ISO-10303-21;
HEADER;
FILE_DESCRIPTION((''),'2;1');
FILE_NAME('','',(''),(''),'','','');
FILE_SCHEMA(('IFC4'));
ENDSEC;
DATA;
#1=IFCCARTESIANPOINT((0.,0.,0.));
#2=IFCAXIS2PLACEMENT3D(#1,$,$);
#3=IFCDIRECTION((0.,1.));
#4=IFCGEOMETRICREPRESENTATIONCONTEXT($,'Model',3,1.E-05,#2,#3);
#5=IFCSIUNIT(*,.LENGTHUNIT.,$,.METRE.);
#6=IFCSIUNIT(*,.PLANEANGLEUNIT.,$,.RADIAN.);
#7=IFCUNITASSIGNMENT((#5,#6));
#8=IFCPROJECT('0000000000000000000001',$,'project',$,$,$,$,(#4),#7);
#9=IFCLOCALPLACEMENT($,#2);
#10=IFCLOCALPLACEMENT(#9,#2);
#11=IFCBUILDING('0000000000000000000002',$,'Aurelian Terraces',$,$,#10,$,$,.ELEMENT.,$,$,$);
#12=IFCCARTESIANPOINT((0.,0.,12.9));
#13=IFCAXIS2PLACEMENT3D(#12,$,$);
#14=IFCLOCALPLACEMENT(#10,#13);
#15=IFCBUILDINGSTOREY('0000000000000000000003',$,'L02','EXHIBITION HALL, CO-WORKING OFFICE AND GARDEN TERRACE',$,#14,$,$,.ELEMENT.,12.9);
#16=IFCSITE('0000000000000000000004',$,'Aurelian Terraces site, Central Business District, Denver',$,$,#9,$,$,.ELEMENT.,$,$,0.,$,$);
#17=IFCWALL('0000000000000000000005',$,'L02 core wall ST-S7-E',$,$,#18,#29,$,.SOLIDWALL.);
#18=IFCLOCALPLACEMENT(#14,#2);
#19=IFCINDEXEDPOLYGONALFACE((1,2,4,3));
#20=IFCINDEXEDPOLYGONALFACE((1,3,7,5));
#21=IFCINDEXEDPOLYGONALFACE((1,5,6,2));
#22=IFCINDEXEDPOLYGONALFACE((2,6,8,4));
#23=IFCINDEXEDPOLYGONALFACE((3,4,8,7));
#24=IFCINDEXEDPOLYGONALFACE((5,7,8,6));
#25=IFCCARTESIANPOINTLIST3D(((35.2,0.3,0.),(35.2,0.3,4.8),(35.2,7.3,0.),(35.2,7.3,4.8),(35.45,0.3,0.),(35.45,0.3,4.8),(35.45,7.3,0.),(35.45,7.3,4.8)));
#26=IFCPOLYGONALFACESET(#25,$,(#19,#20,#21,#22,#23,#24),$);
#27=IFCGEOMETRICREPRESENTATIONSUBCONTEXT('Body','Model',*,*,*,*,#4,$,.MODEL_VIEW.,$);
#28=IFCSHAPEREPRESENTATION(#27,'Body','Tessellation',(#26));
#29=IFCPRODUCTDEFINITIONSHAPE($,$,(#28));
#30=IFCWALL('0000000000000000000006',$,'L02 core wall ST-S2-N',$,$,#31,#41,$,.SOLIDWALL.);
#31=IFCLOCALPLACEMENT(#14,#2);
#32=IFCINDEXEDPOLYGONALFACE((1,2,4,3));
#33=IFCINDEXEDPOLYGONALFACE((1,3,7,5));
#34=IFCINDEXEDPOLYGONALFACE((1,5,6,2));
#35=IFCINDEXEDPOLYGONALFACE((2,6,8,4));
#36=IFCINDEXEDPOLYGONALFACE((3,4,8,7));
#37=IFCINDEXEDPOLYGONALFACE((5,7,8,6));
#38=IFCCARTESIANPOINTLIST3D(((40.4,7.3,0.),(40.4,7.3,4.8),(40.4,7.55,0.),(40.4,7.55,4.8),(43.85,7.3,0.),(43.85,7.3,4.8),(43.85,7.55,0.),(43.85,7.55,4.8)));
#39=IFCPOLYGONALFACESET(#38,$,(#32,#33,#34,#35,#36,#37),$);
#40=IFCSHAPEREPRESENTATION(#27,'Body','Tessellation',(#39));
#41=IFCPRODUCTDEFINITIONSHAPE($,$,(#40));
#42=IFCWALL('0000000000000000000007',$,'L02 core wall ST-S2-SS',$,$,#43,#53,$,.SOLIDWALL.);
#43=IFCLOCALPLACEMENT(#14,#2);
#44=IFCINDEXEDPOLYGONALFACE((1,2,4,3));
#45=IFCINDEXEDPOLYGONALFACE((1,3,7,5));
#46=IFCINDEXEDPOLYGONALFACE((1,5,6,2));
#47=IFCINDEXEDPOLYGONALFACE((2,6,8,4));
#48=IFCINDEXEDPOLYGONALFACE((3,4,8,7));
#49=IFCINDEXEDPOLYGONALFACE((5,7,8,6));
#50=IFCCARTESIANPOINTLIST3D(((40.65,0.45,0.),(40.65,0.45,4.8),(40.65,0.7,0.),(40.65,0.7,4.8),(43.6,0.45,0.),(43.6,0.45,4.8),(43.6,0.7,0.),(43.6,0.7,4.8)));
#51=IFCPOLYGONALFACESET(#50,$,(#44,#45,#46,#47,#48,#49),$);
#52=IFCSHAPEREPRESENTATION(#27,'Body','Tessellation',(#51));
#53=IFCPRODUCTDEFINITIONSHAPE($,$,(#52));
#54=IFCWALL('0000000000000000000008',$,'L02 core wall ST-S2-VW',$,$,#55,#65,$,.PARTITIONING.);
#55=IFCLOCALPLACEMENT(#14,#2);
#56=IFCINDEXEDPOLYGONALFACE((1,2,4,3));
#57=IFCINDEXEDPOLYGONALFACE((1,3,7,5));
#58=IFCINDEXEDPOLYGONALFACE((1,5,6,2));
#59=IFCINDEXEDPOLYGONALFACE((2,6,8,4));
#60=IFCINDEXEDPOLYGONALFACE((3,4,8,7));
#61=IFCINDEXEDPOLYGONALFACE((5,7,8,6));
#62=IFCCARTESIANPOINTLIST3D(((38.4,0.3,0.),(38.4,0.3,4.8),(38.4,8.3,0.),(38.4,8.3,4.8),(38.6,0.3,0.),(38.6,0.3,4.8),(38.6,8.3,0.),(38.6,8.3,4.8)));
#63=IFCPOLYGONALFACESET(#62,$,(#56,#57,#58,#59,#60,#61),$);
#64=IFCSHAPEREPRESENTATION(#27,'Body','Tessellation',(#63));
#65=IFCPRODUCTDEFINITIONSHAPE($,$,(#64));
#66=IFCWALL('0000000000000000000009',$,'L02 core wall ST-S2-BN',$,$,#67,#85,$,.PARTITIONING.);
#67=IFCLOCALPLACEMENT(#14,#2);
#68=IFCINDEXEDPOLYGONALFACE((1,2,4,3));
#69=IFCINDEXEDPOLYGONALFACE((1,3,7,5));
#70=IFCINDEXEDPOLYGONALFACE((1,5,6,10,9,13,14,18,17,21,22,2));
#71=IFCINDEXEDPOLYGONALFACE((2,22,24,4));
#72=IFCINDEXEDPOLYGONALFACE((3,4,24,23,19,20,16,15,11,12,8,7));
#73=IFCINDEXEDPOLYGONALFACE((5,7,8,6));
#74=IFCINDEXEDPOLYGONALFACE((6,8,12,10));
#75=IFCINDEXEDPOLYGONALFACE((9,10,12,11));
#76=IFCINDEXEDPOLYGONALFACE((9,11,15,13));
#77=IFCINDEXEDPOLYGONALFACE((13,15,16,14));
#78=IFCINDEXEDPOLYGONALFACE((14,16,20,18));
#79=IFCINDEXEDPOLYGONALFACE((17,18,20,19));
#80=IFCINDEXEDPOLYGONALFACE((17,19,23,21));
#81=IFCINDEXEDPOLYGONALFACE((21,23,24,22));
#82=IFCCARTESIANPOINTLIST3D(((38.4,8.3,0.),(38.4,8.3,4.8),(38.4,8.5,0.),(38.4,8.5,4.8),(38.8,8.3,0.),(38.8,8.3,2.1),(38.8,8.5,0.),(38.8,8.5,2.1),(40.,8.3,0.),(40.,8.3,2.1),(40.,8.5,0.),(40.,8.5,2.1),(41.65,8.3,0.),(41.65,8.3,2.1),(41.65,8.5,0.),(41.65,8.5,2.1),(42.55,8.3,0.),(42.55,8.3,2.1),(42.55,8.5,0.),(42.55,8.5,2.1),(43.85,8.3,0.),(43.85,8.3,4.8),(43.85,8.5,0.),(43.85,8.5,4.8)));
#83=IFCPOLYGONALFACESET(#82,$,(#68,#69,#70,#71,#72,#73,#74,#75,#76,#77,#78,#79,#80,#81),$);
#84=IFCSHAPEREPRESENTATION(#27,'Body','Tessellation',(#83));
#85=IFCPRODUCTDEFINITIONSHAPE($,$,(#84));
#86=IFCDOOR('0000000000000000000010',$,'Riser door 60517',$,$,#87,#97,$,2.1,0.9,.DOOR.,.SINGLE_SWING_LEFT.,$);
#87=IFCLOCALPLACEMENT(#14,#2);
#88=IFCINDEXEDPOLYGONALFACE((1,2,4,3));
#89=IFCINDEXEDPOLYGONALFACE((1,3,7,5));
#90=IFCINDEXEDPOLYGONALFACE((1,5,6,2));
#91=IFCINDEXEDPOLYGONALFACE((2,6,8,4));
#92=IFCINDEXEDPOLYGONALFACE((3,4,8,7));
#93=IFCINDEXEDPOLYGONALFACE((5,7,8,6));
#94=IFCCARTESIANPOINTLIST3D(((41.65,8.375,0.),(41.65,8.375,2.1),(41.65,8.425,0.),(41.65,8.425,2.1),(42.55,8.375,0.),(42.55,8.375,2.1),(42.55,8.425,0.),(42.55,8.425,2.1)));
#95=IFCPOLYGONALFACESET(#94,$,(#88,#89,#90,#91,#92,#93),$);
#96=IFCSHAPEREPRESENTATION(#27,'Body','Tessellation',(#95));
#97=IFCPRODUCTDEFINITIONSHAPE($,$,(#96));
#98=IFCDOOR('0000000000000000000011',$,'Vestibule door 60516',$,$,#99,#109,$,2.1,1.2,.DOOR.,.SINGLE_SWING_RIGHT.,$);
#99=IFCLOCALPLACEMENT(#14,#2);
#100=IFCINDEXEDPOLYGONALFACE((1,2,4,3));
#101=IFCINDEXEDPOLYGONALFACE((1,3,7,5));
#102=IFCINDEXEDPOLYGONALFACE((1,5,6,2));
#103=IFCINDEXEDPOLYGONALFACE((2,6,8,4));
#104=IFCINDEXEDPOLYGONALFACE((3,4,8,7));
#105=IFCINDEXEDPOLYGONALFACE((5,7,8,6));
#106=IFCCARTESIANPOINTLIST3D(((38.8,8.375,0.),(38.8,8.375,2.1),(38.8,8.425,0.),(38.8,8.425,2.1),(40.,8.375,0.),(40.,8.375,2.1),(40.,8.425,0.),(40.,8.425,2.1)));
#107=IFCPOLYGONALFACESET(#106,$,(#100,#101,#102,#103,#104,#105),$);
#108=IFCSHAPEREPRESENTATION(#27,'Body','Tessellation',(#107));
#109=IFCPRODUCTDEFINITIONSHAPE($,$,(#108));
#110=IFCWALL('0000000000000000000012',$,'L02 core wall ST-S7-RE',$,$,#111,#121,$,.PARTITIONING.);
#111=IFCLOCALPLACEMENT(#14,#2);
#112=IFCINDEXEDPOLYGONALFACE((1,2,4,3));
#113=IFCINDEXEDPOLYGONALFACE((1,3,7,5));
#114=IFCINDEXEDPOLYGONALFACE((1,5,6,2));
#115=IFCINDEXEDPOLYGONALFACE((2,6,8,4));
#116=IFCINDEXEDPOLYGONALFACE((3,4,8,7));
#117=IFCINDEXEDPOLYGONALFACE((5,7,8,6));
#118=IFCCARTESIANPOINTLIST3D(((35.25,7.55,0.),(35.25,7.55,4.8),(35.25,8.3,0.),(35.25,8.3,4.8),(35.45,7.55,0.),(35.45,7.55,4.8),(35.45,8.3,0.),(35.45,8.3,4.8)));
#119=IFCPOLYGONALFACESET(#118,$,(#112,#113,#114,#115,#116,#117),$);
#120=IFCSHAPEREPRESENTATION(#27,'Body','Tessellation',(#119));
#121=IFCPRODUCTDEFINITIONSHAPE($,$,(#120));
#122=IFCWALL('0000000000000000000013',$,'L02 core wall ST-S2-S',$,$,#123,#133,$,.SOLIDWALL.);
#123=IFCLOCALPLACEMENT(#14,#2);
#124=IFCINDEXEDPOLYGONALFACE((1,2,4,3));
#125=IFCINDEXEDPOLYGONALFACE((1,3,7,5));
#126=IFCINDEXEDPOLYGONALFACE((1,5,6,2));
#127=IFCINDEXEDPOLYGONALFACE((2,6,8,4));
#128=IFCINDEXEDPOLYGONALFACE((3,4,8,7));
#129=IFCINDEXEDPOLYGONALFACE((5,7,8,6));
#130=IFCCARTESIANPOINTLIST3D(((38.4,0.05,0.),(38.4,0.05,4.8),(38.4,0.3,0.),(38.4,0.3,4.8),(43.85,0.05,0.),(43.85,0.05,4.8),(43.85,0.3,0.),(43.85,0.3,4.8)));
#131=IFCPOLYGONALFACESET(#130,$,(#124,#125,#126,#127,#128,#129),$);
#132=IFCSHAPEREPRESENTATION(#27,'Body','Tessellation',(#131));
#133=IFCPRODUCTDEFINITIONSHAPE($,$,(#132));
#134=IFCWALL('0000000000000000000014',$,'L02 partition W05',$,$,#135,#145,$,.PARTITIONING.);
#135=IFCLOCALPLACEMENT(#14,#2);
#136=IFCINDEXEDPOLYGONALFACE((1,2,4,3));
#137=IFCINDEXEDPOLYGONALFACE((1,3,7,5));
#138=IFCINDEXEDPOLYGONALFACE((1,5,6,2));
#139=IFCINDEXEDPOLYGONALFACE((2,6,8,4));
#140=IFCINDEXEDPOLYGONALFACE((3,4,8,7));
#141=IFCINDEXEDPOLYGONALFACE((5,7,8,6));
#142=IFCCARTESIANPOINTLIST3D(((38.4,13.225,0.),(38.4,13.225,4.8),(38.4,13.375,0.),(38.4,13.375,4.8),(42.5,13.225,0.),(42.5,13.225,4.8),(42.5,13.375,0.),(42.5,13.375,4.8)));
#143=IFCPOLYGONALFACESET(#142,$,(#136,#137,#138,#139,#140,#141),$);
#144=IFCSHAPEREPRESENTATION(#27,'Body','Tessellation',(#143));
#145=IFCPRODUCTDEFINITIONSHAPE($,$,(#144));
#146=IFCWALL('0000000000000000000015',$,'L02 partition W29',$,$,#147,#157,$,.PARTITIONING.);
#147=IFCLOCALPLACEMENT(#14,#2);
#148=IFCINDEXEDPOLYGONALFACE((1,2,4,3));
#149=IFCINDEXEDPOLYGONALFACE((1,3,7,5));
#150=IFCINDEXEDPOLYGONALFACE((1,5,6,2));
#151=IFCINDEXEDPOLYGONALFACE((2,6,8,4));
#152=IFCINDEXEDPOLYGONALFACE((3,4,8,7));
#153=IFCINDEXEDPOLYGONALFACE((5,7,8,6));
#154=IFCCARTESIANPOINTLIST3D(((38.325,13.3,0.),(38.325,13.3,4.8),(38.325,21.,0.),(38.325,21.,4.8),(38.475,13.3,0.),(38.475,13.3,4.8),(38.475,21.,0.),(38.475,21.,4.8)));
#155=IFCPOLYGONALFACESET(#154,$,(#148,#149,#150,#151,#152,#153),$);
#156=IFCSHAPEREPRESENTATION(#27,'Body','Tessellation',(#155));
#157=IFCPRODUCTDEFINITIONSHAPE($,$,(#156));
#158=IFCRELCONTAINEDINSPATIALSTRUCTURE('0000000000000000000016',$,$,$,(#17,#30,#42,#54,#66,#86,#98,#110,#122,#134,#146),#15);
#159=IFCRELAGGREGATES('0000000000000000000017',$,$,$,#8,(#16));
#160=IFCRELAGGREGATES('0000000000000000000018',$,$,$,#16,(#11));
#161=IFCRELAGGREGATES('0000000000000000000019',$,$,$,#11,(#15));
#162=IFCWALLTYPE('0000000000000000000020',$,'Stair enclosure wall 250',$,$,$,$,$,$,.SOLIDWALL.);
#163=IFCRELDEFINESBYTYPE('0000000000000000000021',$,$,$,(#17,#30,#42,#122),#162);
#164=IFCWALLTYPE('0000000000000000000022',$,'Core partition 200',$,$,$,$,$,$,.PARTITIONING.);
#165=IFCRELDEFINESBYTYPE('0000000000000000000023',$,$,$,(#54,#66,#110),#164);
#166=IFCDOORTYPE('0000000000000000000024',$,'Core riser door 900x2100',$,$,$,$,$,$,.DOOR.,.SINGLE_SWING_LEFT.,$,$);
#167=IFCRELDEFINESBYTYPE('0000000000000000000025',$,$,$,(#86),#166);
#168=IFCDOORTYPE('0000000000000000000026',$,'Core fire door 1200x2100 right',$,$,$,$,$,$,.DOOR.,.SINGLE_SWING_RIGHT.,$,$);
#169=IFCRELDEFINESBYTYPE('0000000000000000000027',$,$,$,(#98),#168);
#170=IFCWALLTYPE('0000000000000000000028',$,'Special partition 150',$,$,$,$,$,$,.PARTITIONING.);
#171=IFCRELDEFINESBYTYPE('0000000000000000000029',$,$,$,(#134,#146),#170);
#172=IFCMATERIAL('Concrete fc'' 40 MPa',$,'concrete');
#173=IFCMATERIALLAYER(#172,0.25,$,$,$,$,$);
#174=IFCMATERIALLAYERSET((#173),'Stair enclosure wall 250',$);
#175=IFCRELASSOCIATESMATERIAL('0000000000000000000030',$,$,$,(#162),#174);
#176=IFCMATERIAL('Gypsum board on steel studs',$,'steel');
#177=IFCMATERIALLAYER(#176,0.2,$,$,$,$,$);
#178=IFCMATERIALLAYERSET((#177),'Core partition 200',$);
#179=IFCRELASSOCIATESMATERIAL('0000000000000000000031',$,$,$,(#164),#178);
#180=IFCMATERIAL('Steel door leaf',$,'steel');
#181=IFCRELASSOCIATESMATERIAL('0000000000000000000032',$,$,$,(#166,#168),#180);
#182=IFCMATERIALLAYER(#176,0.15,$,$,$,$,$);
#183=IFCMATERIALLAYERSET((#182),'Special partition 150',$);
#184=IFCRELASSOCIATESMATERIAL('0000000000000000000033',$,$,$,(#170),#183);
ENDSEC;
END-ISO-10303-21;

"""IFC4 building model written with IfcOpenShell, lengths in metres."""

from ifc_helpers import new_model, si_unit, direction, frame, frame_2d, origin, place, context, subcontext, project, spatial, rectangle, extrude, source, transform, mapped, material, layer, layer_set, type_object, element, fill, save


model = new_model("IFC4")

# Units and contexts
model_context = context("Model", 3, precision=1e-05, world=origin(), true_north=direction((0.0, 1.0)))
body_context = subcontext(model_context, "Body", "Model", "MODEL_VIEW")
ifc_project = project(units=[si_unit("LENGTHUNIT", "METRE"), si_unit("PLANEANGLEUNIT", "RADIAN")], contexts=[model_context])

# Site, building, storey
site_placement = place(None, origin())
site = spatial("IfcSite", under=ifc_project, at=site_placement, Name="Aurelian Terraces site, Central Business District, Denver", CompositionType="ELEMENT", RefElevation=0.0)
building_placement = place(site_placement, origin())
building = spatial("IfcBuilding", under=site, at=building_placement, Name="Aurelian Terraces", CompositionType="ELEMENT")
storey_placement = place(building_placement, frame((0.0, 0.0, 12.9)))
storey = spatial("IfcBuildingStorey", under=building, at=storey_placement, Name="L02", Description="EXHIBITION HALL, CO-WORKING OFFICE AND GARDEN TERRACE", CompositionType="ELEMENT", Elevation=12.9)

# Shared definitions
ifc_material_1 = material(Name="Concrete fc' 40 MPa", Category="concrete")
ifc_layer_1 = layer(ifc_material_1, 0.25)
ifc_layer_set_1 = layer_set([ifc_layer_1], Name="Stair enclosure wall 250")
wall_type_1 = type_object("IfcWallType", Name="Stair enclosure wall 250", PredefinedType="SOLIDWALL", material=ifc_layer_set_1)
shared_shape_1 = source(origin(), body_context, "Body", "SweptSolid", [
    extrude(rectangle(XDim=7.0, YDim=0.25, at=frame_2d((3.5, 0.0))), origin(), (0.0, 0.0, 1.0), 4.8),
])
ifc_material_2 = material(Name="Steel door leaf", Category="steel")

# Walls
wall_1_placement = place(storey_placement, frame((35.325, 0.3, 0.0), z_axis=(0.0, 0.0, 1.0), x_axis=(0.0, 1.0, 0.0)))
element("IfcWall", 1, at=wall_1_placement, inside=storey, type_object=wall_type_1, Name="L02 core wall ST-S7-E", PredefinedType="SOLIDWALL", context=body_context, shape_type="MappedRepresentation", body=[
    mapped(shared_shape_1, transform((0.0, 0.0, 0.0), scale=1.0)),
])
shared_shape_2 = source(origin(), body_context, "Body", "SweptSolid", [
    extrude(rectangle(XDim=3.45, YDim=0.25, at=frame_2d((1.725, 0.0))), origin(), (0.0, 0.0, 1.0), 4.8),
])
wall_2_placement = place(storey_placement, frame((40.4, 7.425, 0.0), z_axis=(0.0, 0.0, 1.0), x_axis=(1.0, 0.0, 0.0)))
element("IfcWall", 2, at=wall_2_placement, inside=storey, type_object=wall_type_1, Name="L02 core wall ST-S2-N", PredefinedType="SOLIDWALL", context=body_context, shape_type="MappedRepresentation", body=[
    mapped(shared_shape_2, transform((0.0, 0.0, 0.0), scale=1.0)),
])
shared_shape_3 = source(origin(), body_context, "Body", "SweptSolid", [
    extrude(rectangle(XDim=2.95, YDim=0.25, at=frame_2d((1.475, 0.0))), origin(), (0.0, 0.0, 1.0), 4.8),
])
wall_3_placement = place(storey_placement, frame((40.65, 0.575, 0.0), z_axis=(0.0, 0.0, 1.0), x_axis=(1.0, 0.0, 0.0)))
element("IfcWall", 3, at=wall_3_placement, inside=storey, type_object=wall_type_1, Name="L02 core wall ST-S2-SS", PredefinedType="SOLIDWALL", context=body_context, shape_type="MappedRepresentation", body=[
    mapped(shared_shape_3, transform((0.0, 0.0, 0.0), scale=1.0)),
])
ifc_material_3 = material(Name="Gypsum board on steel studs", Category="steel")
ifc_layer_2 = layer(ifc_material_3, 0.2)
ifc_layer_set_2 = layer_set([ifc_layer_2], Name="Core partition 200")
wall_type_2 = type_object("IfcWallType", Name="Core partition 200", PredefinedType="PARTITIONING", material=ifc_layer_set_2)
shared_shape_4 = source(origin(), body_context, "Body", "SweptSolid", [
    extrude(rectangle(XDim=8.0, YDim=0.2, at=frame_2d((4.0, 0.0))), origin(), (0.0, 0.0, 1.0), 4.8),
])
wall_4_placement = place(storey_placement, frame((38.5, 0.3, 0.0), z_axis=(0.0, 0.0, 1.0), x_axis=(0.0, 1.0, 0.0)))
element("IfcWall", 4, at=wall_4_placement, inside=storey, type_object=wall_type_2, Name="L02 core wall ST-S2-VW", PredefinedType="PARTITIONING", context=body_context, shape_type="MappedRepresentation", body=[
    mapped(shared_shape_4, transform((0.0, 0.0, 0.0), scale=1.0)),
])

# Wall, openings, doors
shared_shape_5 = source(origin(), body_context, "Body", "SweptSolid", [
    extrude(rectangle(XDim=5.45, YDim=0.2, at=frame_2d((2.725, 0.0))), origin(), (0.0, 0.0, 1.0), 4.8),
])
wall_5_placement = place(storey_placement, frame((38.4, 8.4, 0.0), z_axis=(0.0, 0.0, 1.0), x_axis=(1.0, 0.0, 0.0)))
wall_5 = element("IfcWall", 5, at=wall_5_placement, inside=storey, type_object=wall_type_2, Name="L02 core wall ST-S2-BN", PredefinedType="PARTITIONING", context=body_context, shape_type="MappedRepresentation", body=[
    mapped(shared_shape_5, transform((0.0, 0.0, 0.0), scale=1.0)),
])
shared_shape_6 = source(origin(), body_context, "Body", "SweptSolid", [
    extrude(rectangle(XDim=1.2, YDim=2.1, at=frame_2d((0.6, 1.05))), frame((0.0, 0.11, 0.0), z_axis=(0.0, -1.0, 0.0), x_axis=(1.0, 0.0, 0.0)), (0.0, 0.0, 1.0), 0.22),
])
opening_1_placement = place(wall_5_placement, frame((0.4, 0.0, 0.0)))
opening_1 = element("IfcOpeningElement", 6, at=opening_1_placement, cuts=wall_5, PredefinedType="OPENING", context=body_context, shape_type="MappedRepresentation", body=[
    mapped(shared_shape_6, transform((0.0, 0.0, 0.0), scale=1.0)),
])
shared_shape_7 = source(origin(), body_context, "Body", "SweptSolid", [
    extrude(rectangle(XDim=0.9, YDim=2.1, at=frame_2d((0.45, 1.05))), frame((0.0, 0.11, 0.0), z_axis=(0.0, -1.0, 0.0), x_axis=(1.0, 0.0, 0.0)), (0.0, 0.0, 1.0), 0.22),
])
opening_2_placement = place(wall_5_placement, frame((3.25, 0.0, 0.0)))
opening_2 = element("IfcOpeningElement", 7, at=opening_2_placement, cuts=wall_5, PredefinedType="OPENING", context=body_context, shape_type="MappedRepresentation", body=[
    mapped(shared_shape_7, transform((0.0, 0.0, 0.0), scale=1.0)),
])
door_type_1 = type_object("IfcDoorType", Name="Core riser door 900x2100", OperationType="SINGLE_SWING_LEFT", PredefinedType="DOOR", material=ifc_material_2)
shared_shape_8 = source(origin(), body_context, "Body", "SweptSolid", [
    extrude(rectangle(XDim=0.9, YDim=2.1, at=frame_2d((0.45, 1.05))), frame((0.0, 0.025, 0.0), z_axis=(0.0, -1.0, 0.0), x_axis=(1.0, 0.0, 0.0)), (0.0, 0.0, 1.0), 0.05),
])
door_1_placement = place(opening_2_placement, origin())
door_1 = element("IfcDoor", 8, at=door_1_placement, inside=storey, type_object=door_type_1, Name="Riser door 60517", OperationType="SINGLE_SWING_LEFT", OverallHeight=2.1, OverallWidth=0.9, PredefinedType="DOOR", context=body_context, shape_type="MappedRepresentation", body=[
    mapped(shared_shape_8, transform((0.0, 0.0, 0.0), scale=1.0)),
])
fill(opening_2, door_1)
door_type_2 = type_object("IfcDoorType", Name="Core fire door 1200x2100 right", OperationType="SINGLE_SWING_RIGHT", PredefinedType="DOOR", material=ifc_material_2)
shared_shape_9 = source(origin(), body_context, "Body", "SweptSolid", [
    extrude(rectangle(XDim=1.2, YDim=2.1, at=frame_2d((0.6, 1.05))), frame((0.0, 0.025, 0.0), z_axis=(0.0, -1.0, 0.0), x_axis=(1.0, 0.0, 0.0)), (0.0, 0.0, 1.0), 0.05),
])
door_2_placement = place(opening_1_placement, origin())
door_2 = element("IfcDoor", 9, at=door_2_placement, inside=storey, type_object=door_type_2, Name="Vestibule door 60516", OperationType="SINGLE_SWING_RIGHT", OverallHeight=2.1, OverallWidth=1.2, PredefinedType="DOOR", context=body_context, shape_type="MappedRepresentation", body=[
    mapped(shared_shape_9, transform((0.0, 0.0, 0.0), scale=1.0)),
])
fill(opening_1, door_2)

# Walls
shared_shape_10 = source(origin(), body_context, "Body", "SweptSolid", [
    extrude(rectangle(XDim=0.75, YDim=0.2, at=frame_2d((0.375, 0.0))), origin(), (0.0, 0.0, 1.0), 4.8),
])
wall_6_placement = place(storey_placement, frame((35.35, 7.55, 0.0), z_axis=(0.0, 0.0, 1.0), x_axis=(0.0, 1.0, 0.0)))
element("IfcWall", 10, at=wall_6_placement, inside=storey, type_object=wall_type_2, Name="L02 core wall ST-S7-RE", PredefinedType="PARTITIONING", context=body_context, shape_type="MappedRepresentation", body=[
    mapped(shared_shape_10, transform((0.0, 0.0, 0.0), scale=1.0)),
])
shared_shape_11 = source(origin(), body_context, "Body", "SweptSolid", [
    extrude(rectangle(XDim=5.45, YDim=0.25, at=frame_2d((2.725, 0.0))), origin(), (0.0, 0.0, 1.0), 4.8),
])
wall_7_placement = place(storey_placement, frame((38.4, 0.175, 0.0), z_axis=(0.0, 0.0, 1.0), x_axis=(1.0, 0.0, 0.0)))
element("IfcWall", 11, at=wall_7_placement, inside=storey, type_object=wall_type_1, Name="L02 core wall ST-S2-S", PredefinedType="SOLIDWALL", context=body_context, shape_type="MappedRepresentation", body=[
    mapped(shared_shape_11, transform((0.0, 0.0, 0.0), scale=1.0)),
])
ifc_layer_3 = layer(ifc_material_3, 0.15)
ifc_layer_set_3 = layer_set([ifc_layer_3], Name="Special partition 150")
wall_type_3 = type_object("IfcWallType", Name="Special partition 150", PredefinedType="PARTITIONING", material=ifc_layer_set_3)
shared_shape_12 = source(origin(), body_context, "Body", "SweptSolid", [
    extrude(rectangle(XDim=4.1, YDim=0.15, at=frame_2d((2.05, 0.0))), origin(), (0.0, 0.0, 1.0), 4.8),
])
wall_8_placement = place(storey_placement, frame((38.4, 13.3, 0.0), z_axis=(0.0, 0.0, 1.0), x_axis=(1.0, 0.0, 0.0)))
element("IfcWall", 12, at=wall_8_placement, inside=storey, type_object=wall_type_3, Name="L02 partition W05", PredefinedType="PARTITIONING", context=body_context, shape_type="MappedRepresentation", body=[
    mapped(shared_shape_12, transform((0.0, 0.0, 0.0), scale=1.0)),
])
shared_shape_13 = source(origin(), body_context, "Body", "SweptSolid", [
    extrude(rectangle(XDim=7.7, YDim=0.15, at=frame_2d((3.85, 0.0))), origin(), (0.0, 0.0, 1.0), 4.8),
])
wall_9_placement = place(storey_placement, frame((38.4, 13.3, 0.0), z_axis=(0.0, 0.0, 1.0), x_axis=(0.0, 1.0, 0.0)))
element("IfcWall", 13, at=wall_9_placement, inside=storey, type_object=wall_type_3, Name="L02 partition W29", PredefinedType="PARTITIONING", context=body_context, shape_type="MappedRepresentation", body=[
    mapped(shared_shape_13, transform((0.0, 0.0, 0.0), scale=1.0)),
])

save(model, "model.ifc")
